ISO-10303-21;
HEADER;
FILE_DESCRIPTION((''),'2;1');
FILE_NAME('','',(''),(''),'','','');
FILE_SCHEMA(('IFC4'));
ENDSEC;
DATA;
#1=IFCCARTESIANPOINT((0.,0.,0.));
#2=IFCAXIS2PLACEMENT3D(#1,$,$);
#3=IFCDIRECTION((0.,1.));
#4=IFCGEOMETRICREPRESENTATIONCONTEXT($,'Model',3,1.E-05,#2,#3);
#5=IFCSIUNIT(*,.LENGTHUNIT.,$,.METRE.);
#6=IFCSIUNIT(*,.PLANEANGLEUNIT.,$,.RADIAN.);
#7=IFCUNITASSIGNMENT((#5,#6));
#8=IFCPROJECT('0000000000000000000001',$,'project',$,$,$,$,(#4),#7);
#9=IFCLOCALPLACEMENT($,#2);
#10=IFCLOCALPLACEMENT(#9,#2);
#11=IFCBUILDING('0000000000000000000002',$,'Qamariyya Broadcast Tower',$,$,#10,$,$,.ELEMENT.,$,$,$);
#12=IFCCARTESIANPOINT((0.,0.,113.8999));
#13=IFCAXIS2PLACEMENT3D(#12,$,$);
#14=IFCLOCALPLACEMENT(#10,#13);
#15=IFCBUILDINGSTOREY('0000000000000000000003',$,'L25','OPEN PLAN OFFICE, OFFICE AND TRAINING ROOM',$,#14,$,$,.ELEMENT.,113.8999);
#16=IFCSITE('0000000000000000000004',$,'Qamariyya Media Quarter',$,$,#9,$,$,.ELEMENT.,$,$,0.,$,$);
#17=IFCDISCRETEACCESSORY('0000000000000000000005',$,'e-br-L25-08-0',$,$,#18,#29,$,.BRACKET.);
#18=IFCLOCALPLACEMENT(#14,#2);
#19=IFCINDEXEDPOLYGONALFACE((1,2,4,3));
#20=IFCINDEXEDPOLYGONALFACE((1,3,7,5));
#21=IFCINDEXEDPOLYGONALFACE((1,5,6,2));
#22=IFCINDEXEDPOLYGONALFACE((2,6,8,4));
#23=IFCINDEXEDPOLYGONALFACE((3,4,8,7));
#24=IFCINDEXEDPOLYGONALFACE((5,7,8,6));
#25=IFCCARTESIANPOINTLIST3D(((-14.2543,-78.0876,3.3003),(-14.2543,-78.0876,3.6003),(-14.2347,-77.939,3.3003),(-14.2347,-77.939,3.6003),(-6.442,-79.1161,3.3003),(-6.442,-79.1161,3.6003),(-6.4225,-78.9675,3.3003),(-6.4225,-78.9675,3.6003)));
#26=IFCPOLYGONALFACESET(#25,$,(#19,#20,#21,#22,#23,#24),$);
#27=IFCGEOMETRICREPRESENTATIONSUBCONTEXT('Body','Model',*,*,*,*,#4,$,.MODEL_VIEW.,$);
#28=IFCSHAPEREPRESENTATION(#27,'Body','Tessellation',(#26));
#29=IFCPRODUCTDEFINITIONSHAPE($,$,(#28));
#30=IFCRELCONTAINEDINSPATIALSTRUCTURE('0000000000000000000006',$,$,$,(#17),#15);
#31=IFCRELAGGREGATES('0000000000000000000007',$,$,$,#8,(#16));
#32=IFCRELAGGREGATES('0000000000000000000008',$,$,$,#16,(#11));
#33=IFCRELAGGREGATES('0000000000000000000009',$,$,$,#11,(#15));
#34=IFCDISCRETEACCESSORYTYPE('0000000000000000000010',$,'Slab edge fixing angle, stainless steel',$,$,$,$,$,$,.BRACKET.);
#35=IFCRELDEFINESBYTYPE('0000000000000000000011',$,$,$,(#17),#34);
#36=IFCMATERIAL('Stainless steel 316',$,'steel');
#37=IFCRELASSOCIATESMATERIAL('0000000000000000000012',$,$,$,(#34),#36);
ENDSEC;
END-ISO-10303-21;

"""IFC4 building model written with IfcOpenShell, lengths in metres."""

from ifc_helpers import new_model, si_unit, direction, frame, origin, origin_2d, place, context, subcontext, project, spatial, rectangle, extrude, material, type_object, element, save


model = new_model("IFC4")

# Units and contexts
model_context = context("Model", 3, precision=1e-05, world=origin(), true_north=direction((0.0, 1.0)))
body_context = subcontext(model_context, "Body", "Model", "MODEL_VIEW")
ifc_project = project(units=[si_unit("LENGTHUNIT", "METRE"), si_unit("PLANEANGLEUNIT", "RADIAN")], contexts=[model_context])

# Site, building, storey
site_placement = place(None, origin())
site = spatial("IfcSite", under=ifc_project, at=site_placement, Name="Qamariyya Media Quarter", CompositionType="ELEMENT", RefElevation=0.0)
building_placement = place(site_placement, origin())
building = spatial("IfcBuilding", under=site, at=building_placement, Name="Qamariyya Broadcast Tower", CompositionType="ELEMENT")
storey_placement = place(building_placement, frame((0.0, 0.0, 113.8999)))
storey = spatial("IfcBuildingStorey", under=building, at=storey_placement, Name="L25", Description="OPEN PLAN OFFICE, OFFICE AND TRAINING ROOM", CompositionType="ELEMENT", Elevation=113.8999)

# Discrete accessory
ifc_material_1 = material(Name="Stainless steel 316", Category="steel")
discrete_accessory_type = type_object("IfcDiscreteAccessoryType", Name="Slab edge fixing angle, stainless steel", PredefinedType="BRACKET", material=ifc_material_1)
discrete_accessory_placement = place(storey_placement, frame((-10.3384, -78.5276, 3.3003), z_axis=(0.0, 0.0, 1.0), x_axis=(0.991445, -0.130526, 0.0)))
element("IfcDiscreteAccessory", 1, at=discrete_accessory_placement, inside=storey, type_object=discrete_accessory_type, Name="e-br-L25-08-0", PredefinedType="BRACKET", context=body_context, shape_type="SweptSolid", body=[
    extrude(rectangle(XDim=7.8796, YDim=0.1499, at=origin_2d()), origin(), (0.0, 0.0, 1.0), 0.3),
])

save(model, "model.ifc")
